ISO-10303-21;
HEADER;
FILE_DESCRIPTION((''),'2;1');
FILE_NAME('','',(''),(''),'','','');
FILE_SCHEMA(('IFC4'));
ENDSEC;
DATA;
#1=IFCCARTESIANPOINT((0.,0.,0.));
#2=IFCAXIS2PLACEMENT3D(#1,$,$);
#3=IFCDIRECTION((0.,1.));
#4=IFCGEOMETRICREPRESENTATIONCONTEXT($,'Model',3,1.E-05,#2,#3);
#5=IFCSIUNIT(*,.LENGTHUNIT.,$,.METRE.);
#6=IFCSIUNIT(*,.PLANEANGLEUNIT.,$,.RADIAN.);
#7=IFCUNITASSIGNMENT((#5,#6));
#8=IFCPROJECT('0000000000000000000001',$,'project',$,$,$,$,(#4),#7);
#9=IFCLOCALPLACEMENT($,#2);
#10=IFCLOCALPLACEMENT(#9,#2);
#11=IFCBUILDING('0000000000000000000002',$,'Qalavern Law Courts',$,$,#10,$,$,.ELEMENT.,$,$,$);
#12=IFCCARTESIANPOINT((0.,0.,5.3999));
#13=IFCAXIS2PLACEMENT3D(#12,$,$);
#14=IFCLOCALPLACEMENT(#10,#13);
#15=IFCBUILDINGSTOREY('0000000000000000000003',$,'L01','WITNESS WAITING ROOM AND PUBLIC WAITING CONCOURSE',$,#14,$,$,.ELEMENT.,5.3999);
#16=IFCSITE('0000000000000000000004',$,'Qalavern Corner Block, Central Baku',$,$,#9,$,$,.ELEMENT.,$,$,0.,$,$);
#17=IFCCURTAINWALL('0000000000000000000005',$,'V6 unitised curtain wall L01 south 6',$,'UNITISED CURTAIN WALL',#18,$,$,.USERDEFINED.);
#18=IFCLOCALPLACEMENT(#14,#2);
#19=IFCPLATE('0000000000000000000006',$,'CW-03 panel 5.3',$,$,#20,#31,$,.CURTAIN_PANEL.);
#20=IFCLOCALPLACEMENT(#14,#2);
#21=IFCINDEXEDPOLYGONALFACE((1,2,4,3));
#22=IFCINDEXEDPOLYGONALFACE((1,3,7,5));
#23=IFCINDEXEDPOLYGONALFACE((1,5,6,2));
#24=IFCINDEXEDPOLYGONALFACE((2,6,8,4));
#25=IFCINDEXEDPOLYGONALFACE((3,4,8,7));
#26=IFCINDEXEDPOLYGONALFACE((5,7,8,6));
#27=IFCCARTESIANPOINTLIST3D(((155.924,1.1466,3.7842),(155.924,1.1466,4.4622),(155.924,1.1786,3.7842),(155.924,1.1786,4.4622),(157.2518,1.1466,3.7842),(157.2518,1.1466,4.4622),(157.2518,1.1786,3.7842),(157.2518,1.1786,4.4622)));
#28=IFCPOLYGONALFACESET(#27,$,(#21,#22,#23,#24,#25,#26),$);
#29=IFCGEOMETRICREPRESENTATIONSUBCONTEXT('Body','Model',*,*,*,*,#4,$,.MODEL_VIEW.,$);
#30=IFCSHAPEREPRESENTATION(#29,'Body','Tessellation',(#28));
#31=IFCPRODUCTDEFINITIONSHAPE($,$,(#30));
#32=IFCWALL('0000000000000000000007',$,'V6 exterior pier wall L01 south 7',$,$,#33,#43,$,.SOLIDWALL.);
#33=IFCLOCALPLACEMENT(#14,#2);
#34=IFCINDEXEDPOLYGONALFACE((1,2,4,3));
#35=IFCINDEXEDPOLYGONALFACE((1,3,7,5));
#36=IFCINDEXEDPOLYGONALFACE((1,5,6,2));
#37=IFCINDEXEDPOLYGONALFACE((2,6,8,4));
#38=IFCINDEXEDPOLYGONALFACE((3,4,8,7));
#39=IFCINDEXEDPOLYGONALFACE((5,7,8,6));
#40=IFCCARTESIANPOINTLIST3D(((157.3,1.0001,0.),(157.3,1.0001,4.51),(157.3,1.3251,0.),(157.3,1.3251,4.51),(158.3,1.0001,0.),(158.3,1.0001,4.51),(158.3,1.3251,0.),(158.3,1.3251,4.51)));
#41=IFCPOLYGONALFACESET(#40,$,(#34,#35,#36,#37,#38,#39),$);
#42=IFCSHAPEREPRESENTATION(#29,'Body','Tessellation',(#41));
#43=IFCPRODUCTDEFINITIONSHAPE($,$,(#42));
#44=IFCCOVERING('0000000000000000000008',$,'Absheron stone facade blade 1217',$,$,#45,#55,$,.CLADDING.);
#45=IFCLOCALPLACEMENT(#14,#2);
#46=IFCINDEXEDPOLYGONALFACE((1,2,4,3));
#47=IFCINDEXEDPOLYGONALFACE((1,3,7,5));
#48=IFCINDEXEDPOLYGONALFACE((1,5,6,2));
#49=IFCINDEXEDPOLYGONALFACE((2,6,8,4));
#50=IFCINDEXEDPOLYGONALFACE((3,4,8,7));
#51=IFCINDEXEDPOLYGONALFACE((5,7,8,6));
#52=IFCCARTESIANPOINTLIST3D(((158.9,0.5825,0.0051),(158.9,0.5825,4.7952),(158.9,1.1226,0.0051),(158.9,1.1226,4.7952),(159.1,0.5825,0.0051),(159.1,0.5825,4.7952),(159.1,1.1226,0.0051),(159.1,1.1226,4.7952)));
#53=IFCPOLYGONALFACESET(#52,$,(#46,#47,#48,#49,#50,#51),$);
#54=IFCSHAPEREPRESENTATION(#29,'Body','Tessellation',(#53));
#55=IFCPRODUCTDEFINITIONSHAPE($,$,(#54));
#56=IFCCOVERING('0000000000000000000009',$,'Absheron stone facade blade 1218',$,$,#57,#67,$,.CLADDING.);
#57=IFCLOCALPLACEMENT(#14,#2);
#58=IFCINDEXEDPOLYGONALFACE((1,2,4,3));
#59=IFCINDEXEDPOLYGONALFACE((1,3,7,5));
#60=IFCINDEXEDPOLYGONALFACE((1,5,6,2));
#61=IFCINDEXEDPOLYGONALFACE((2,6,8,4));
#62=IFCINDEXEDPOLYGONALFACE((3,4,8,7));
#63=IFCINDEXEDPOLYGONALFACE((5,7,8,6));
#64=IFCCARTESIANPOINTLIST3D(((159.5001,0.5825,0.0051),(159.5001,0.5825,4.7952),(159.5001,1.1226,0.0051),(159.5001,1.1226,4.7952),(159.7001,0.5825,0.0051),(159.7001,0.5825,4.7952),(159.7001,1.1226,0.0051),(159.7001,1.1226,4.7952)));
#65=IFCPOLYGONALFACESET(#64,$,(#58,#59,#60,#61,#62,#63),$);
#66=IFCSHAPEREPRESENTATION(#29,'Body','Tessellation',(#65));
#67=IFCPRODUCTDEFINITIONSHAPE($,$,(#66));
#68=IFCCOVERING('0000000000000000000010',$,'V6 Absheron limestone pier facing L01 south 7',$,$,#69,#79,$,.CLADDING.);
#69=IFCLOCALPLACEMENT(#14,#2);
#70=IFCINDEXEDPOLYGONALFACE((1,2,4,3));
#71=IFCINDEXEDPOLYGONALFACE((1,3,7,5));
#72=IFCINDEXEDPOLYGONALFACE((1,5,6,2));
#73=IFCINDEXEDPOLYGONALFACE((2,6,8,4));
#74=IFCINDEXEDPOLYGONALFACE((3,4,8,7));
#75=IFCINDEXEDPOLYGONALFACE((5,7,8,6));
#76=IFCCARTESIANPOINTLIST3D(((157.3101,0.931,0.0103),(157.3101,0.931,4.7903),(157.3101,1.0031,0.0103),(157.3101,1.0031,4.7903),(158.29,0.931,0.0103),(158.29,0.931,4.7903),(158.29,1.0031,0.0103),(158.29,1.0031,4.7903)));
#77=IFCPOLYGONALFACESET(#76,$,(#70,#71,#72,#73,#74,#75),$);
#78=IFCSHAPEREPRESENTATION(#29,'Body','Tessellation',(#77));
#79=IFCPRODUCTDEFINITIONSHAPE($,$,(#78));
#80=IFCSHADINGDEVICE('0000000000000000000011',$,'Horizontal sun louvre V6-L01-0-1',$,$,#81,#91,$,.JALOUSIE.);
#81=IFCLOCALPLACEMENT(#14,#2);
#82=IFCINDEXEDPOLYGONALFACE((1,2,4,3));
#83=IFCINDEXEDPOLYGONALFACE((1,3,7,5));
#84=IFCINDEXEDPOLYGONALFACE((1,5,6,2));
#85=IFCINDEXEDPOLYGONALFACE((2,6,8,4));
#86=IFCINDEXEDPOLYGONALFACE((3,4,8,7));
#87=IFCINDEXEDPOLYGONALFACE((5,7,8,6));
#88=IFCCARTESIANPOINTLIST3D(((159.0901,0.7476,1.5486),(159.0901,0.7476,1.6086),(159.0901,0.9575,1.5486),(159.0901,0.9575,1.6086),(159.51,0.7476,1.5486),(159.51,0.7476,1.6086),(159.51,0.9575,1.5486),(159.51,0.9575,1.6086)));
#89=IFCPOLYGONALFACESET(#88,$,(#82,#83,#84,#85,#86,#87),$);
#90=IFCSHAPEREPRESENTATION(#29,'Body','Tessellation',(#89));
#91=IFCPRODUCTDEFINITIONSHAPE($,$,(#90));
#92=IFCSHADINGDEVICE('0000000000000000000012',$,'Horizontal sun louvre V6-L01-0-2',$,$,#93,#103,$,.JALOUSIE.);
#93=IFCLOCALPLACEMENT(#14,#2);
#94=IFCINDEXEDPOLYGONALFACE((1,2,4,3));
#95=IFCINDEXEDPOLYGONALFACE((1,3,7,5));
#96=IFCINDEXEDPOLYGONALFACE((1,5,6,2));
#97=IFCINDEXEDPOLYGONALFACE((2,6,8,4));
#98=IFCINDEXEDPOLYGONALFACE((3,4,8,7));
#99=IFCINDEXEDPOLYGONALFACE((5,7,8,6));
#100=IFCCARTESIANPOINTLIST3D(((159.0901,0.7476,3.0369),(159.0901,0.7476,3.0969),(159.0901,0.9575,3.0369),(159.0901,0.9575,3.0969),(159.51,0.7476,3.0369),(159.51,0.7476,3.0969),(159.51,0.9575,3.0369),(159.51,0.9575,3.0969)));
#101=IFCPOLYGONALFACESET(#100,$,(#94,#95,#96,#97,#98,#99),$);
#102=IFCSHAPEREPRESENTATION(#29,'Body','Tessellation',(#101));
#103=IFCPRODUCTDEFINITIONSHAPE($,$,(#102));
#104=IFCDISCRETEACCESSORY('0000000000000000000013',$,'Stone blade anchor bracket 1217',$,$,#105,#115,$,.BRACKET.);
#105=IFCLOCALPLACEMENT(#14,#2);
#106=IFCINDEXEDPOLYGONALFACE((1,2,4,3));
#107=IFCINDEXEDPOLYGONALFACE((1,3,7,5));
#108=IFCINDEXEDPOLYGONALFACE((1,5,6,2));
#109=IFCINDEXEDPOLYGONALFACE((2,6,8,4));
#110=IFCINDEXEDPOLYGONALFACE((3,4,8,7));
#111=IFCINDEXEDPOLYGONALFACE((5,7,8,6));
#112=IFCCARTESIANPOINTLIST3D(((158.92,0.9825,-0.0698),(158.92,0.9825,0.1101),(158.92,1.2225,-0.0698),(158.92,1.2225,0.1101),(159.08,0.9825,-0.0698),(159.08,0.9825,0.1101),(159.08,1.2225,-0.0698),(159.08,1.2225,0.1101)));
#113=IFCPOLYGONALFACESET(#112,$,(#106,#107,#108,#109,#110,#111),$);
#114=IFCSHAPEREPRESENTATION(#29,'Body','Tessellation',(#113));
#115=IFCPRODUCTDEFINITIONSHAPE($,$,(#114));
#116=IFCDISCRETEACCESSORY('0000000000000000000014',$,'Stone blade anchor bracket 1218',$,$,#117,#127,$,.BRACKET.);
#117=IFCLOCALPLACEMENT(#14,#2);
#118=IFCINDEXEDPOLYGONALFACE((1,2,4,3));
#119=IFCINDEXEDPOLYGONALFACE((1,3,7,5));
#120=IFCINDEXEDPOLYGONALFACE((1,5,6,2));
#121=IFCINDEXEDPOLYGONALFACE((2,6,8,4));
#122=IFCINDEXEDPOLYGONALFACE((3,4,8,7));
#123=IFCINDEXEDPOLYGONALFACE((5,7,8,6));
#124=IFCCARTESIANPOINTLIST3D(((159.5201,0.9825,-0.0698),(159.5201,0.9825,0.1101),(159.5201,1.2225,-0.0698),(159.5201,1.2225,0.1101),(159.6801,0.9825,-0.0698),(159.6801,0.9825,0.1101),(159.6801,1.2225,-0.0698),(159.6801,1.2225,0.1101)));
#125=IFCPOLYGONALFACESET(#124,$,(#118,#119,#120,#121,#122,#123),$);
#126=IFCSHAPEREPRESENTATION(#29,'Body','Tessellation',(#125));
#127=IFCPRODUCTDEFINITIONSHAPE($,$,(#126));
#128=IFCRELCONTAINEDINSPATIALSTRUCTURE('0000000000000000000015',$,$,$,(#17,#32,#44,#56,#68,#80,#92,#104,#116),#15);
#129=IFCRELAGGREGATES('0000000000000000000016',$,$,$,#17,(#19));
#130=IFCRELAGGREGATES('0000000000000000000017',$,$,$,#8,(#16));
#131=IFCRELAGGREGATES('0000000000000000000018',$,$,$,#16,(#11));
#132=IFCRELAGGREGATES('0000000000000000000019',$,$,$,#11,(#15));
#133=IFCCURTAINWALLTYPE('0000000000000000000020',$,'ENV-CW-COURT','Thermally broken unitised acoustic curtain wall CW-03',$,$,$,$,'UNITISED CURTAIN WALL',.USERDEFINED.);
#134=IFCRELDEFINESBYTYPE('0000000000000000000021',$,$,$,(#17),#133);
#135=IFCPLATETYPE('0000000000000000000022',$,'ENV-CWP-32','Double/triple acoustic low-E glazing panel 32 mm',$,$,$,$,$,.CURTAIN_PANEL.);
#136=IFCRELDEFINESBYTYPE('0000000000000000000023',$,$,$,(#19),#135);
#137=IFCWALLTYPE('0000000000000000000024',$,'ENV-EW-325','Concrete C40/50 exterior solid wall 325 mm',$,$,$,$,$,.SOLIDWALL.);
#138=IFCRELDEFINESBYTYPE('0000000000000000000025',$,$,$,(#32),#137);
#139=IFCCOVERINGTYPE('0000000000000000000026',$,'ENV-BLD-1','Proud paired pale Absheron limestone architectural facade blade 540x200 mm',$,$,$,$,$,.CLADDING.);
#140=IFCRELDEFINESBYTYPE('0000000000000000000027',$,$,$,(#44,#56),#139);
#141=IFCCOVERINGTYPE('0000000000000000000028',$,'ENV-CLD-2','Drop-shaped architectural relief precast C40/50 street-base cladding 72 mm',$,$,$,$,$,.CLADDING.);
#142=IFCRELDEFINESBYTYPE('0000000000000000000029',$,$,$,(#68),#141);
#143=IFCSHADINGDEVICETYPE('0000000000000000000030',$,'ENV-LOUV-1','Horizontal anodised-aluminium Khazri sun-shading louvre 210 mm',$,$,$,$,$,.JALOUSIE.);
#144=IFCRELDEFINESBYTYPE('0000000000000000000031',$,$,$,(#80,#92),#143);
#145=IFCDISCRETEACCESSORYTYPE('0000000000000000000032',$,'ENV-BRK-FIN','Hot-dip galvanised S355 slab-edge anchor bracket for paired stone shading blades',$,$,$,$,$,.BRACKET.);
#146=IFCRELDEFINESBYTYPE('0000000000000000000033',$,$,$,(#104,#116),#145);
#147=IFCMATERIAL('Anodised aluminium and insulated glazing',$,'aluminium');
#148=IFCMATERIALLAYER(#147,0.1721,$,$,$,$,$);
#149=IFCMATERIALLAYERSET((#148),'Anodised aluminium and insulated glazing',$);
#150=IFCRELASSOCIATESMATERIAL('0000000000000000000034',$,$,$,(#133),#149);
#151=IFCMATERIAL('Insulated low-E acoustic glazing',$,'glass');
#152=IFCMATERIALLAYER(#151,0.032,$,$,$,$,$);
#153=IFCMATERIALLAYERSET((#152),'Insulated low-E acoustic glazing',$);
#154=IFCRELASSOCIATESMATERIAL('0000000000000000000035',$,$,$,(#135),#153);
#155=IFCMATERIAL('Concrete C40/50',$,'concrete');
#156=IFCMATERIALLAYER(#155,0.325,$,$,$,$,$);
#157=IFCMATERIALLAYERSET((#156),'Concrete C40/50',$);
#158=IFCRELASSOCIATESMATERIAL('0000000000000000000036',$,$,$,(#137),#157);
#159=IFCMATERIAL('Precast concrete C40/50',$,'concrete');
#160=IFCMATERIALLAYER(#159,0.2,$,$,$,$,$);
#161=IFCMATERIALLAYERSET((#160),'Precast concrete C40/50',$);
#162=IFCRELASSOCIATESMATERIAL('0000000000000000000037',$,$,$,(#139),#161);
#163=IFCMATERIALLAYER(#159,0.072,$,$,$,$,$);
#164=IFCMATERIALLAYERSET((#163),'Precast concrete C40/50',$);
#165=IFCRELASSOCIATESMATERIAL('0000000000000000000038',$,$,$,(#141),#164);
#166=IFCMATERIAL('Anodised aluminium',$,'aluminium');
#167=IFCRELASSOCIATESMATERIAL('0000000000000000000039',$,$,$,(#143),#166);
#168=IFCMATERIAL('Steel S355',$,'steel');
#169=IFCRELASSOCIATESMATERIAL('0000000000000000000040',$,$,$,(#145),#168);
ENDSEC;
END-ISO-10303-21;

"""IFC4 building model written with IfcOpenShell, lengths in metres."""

from ifc_helpers import new_model, si_unit, direction, frame, frame_2d, origin, origin_2d, place, context, subcontext, project, spatial, rectangle, extrude, material, layer, layer_set, type_object, element, aggregate, save


model = new_model("IFC4")

# Units and contexts
model_context = context("Model", 3, precision=1e-05, world=origin(), true_north=direction((0.0, 1.0)))
body_context = subcontext(model_context, "Body", "Model", "MODEL_VIEW")
ifc_project = project(units=[si_unit("LENGTHUNIT", "METRE"), si_unit("PLANEANGLEUNIT", "RADIAN")], contexts=[model_context])

# Site, building, storey
site_placement = place(None, origin())
site = spatial("IfcSite", under=ifc_project, at=site_placement, Name="Qalavern Corner Block, Central Baku", CompositionType="ELEMENT", RefElevation=0.0)
building_placement = place(site_placement, origin())
building = spatial("IfcBuilding", under=site, at=building_placement, Name="Qalavern Law Courts", CompositionType="ELEMENT")
storey_placement = place(building_placement, frame((0.0, 0.0, 5.3999)))
storey = spatial("IfcBuildingStorey", under=building, at=storey_placement, Name="L01", Description="WITNESS WAITING ROOM AND PUBLIC WAITING CONCOURSE", CompositionType="ELEMENT", Elevation=5.3999)

# Curtain wall
ifc_material_1 = material(Name="Anodised aluminium and insulated glazing", Category="aluminium")
ifc_layer_1 = layer(ifc_material_1, 0.1721)
ifc_layer_set_1 = layer_set([ifc_layer_1], Name="Anodised aluminium and insulated glazing")
curtain_wall_type = type_object("IfcCurtainWallType", Name="ENV-CW-COURT", Description="Thermally broken unitised acoustic curtain wall CW-03", ElementType="UNITISED CURTAIN WALL", PredefinedType="USERDEFINED", material=ifc_layer_set_1)
curtain_wall_1_placement = place(storey_placement, origin())
curtain_wall_1 = element("IfcCurtainWall", 1, at=curtain_wall_1_placement, inside=storey, type_object=curtain_wall_type, Name="V6 unitised curtain wall L01 south 6", ObjectType="UNITISED CURTAIN WALL", PredefinedType="USERDEFINED")
ifc_material_2 = material(Name="Anodised aluminium", Category="aluminium")

# Plate
ifc_material_3 = material(Name="Insulated low-E acoustic glazing", Category="glass")
ifc_layer_2 = layer(ifc_material_3, 0.032)
ifc_layer_set_2 = layer_set([ifc_layer_2], Name="Insulated low-E acoustic glazing")
plate_type = type_object("IfcPlateType", Name="ENV-CWP-32", Description="Double/triple acoustic low-E glazing panel 32 mm", PredefinedType="CURTAIN_PANEL", material=ifc_layer_set_2)
plate_1_placement = place(storey_placement, frame((156.5879, 1.1626, 3.7842), z_axis=(0.0, 0.0, 1.0), x_axis=(1.0, 0.0, 0.0)))
plate_1 = element("IfcPlate", 2, at=plate_1_placement, type_object=plate_type, Name="CW-03 panel 5.3", PredefinedType="CURTAIN_PANEL", context=body_context, shape_type="SweptSolid", body=[
    extrude(rectangle(XDim=1.3279, YDim=0.032, at=origin_2d()), origin(), (0.0, 0.0, 1.0), 0.678),
])
aggregate(curtain_wall_1, [plate_1])

# Wall
ifc_material_4 = material(Name="Concrete C40/50", Category="concrete")
ifc_layer_3 = layer(ifc_material_4, 0.325)
ifc_layer_set_3 = layer_set([ifc_layer_3], Name="Concrete C40/50")
wall_type = type_object("IfcWallType", Name="ENV-EW-325", Description="Concrete C40/50 exterior solid wall 325 mm", PredefinedType="SOLIDWALL", material=ifc_layer_set_3)
wall_placement = place(storey_placement, frame((157.3, 1.1626, 0.0), z_axis=(0.0, 0.0, 1.0), x_axis=(1.0, 0.0, 0.0)))
element("IfcWall", 3, at=wall_placement, inside=storey, type_object=wall_type, Name="V6 exterior pier wall L01 south 7", PredefinedType="SOLIDWALL", context=body_context, shape_type="SweptSolid", body=[
    extrude(rectangle(XDim=1.0, YDim=0.325, at=frame_2d((0.5, 0.0))), origin(), (0.0, 0.0, 1.0), 4.51),
])

# Coverings
ifc_material_5 = material(Name="Precast concrete C40/50", Category="concrete")
ifc_layer_4 = layer(ifc_material_5, 0.2)
ifc_layer_set_4 = layer_set([ifc_layer_4], Name="Precast concrete C40/50")
covering_type_1 = type_object("IfcCoveringType", Name="ENV-BLD-1", Description="Proud paired pale Absheron limestone architectural facade blade 540x200 mm", PredefinedType="CLADDING", material=ifc_layer_set_4)
for number, where, z_axis, x_axis, name in (
    (4, (159.0, 0.8525, 0.0051), (0.0, 0.0, 1.0), (0.0, -1.0, 0.0), "Absheron stone facade blade 1217"),
    (5, (159.6001, 0.8525, 0.0051), (0.0, 0.0, 1.0), (0.0, -1.0, 0.0), "Absheron stone facade blade 1218"),
):
    element("IfcCovering", number, at=place(storey_placement, frame(where, z_axis=z_axis, x_axis=x_axis)), inside=storey, type_object=covering_type_1, Name=name, PredefinedType="CLADDING", context=body_context, shape_type="SweptSolid", body=[
        extrude(rectangle(XDim=0.54, YDim=0.2, at=origin_2d()), origin(), (0.0, 0.0, 1.0), 4.79),
    ])
ifc_layer_5 = layer(ifc_material_5, 0.072)
ifc_layer_set_5 = layer_set([ifc_layer_5], Name="Precast concrete C40/50")
covering_type_2 = type_object("IfcCoveringType", Name="ENV-CLD-2", Description="Drop-shaped architectural relief precast C40/50 street-base cladding 72 mm", PredefinedType="CLADDING", material=ifc_layer_set_5)
covering_placement = place(storey_placement, frame((157.8, 0.967, 0.0103), z_axis=(0.0, 0.0, 1.0), x_axis=(1.0, 0.0, 0.0)))
element("IfcCovering", 6, at=covering_placement, inside=storey, type_object=covering_type_2, Name="V6 Absheron limestone pier facing L01 south 7", PredefinedType="CLADDING", context=body_context, shape_type="SweptSolid", body=[
    extrude(rectangle(XDim=0.98, YDim=0.072, at=origin_2d()), origin(), (0.0, 0.0, 1.0), 4.78),
])

# Shading devices
shading_device_type = type_object("IfcShadingDeviceType", Name="ENV-LOUV-1", Description="Horizontal anodised-aluminium Khazri sun-shading louvre 210 mm", PredefinedType="JALOUSIE", material=ifc_material_2)
for number, where, z_axis, x_axis, name in (
    (7, (159.3, 0.8525, 1.5486), (0.0, 0.0, 1.0), (1.0, 0.0, 0.0), "Horizontal sun louvre V6-L01-0-1"),
    (8, (159.3, 0.8525, 3.0369), (0.0, 0.0, 1.0), (1.0, 0.0, 0.0), "Horizontal sun louvre V6-L01-0-2"),
):
    element("IfcShadingDevice", number, at=place(storey_placement, frame(where, z_axis=z_axis, x_axis=x_axis)), inside=storey, type_object=shading_device_type, Name=name, PredefinedType="JALOUSIE", context=body_context, shape_type="SweptSolid", body=[
        extrude(rectangle(XDim=0.4199, YDim=0.21, at=origin_2d()), origin(), (0.0, 0.0, 1.0), 0.0601),
    ])

# Discrete accessories
ifc_material_6 = material(Name="Steel S355", Category="steel")
discrete_accessory_type = type_object("IfcDiscreteAccessoryType", Name="ENV-BRK-FIN", Description="Hot-dip galvanised S355 slab-edge anchor bracket for paired stone shading blades", PredefinedType="BRACKET", material=ifc_material_6)
for number, where, z_axis, x_axis, name in (
    (9, (159.0, 1.1025, -0.0698), (0.0, 0.0, 1.0), (0.0, -1.0, 0.0), "Stone blade anchor bracket 1217"),
    (10, (159.6001, 1.1025, -0.0698), (0.0, 0.0, 1.0), (0.0, -1.0, 0.0), "Stone blade anchor bracket 1218"),
):
    element("IfcDiscreteAccessory", number, at=place(storey_placement, frame(where, z_axis=z_axis, x_axis=x_axis)), inside=storey, type_object=discrete_accessory_type, Name=name, PredefinedType="BRACKET", context=body_context, shape_type="SweptSolid", body=[
        extrude(rectangle(XDim=0.24, YDim=0.1599, at=origin_2d()), origin(), (0.0, 0.0, 1.0), 0.1799),
    ])

save(model, "model.ifc")
